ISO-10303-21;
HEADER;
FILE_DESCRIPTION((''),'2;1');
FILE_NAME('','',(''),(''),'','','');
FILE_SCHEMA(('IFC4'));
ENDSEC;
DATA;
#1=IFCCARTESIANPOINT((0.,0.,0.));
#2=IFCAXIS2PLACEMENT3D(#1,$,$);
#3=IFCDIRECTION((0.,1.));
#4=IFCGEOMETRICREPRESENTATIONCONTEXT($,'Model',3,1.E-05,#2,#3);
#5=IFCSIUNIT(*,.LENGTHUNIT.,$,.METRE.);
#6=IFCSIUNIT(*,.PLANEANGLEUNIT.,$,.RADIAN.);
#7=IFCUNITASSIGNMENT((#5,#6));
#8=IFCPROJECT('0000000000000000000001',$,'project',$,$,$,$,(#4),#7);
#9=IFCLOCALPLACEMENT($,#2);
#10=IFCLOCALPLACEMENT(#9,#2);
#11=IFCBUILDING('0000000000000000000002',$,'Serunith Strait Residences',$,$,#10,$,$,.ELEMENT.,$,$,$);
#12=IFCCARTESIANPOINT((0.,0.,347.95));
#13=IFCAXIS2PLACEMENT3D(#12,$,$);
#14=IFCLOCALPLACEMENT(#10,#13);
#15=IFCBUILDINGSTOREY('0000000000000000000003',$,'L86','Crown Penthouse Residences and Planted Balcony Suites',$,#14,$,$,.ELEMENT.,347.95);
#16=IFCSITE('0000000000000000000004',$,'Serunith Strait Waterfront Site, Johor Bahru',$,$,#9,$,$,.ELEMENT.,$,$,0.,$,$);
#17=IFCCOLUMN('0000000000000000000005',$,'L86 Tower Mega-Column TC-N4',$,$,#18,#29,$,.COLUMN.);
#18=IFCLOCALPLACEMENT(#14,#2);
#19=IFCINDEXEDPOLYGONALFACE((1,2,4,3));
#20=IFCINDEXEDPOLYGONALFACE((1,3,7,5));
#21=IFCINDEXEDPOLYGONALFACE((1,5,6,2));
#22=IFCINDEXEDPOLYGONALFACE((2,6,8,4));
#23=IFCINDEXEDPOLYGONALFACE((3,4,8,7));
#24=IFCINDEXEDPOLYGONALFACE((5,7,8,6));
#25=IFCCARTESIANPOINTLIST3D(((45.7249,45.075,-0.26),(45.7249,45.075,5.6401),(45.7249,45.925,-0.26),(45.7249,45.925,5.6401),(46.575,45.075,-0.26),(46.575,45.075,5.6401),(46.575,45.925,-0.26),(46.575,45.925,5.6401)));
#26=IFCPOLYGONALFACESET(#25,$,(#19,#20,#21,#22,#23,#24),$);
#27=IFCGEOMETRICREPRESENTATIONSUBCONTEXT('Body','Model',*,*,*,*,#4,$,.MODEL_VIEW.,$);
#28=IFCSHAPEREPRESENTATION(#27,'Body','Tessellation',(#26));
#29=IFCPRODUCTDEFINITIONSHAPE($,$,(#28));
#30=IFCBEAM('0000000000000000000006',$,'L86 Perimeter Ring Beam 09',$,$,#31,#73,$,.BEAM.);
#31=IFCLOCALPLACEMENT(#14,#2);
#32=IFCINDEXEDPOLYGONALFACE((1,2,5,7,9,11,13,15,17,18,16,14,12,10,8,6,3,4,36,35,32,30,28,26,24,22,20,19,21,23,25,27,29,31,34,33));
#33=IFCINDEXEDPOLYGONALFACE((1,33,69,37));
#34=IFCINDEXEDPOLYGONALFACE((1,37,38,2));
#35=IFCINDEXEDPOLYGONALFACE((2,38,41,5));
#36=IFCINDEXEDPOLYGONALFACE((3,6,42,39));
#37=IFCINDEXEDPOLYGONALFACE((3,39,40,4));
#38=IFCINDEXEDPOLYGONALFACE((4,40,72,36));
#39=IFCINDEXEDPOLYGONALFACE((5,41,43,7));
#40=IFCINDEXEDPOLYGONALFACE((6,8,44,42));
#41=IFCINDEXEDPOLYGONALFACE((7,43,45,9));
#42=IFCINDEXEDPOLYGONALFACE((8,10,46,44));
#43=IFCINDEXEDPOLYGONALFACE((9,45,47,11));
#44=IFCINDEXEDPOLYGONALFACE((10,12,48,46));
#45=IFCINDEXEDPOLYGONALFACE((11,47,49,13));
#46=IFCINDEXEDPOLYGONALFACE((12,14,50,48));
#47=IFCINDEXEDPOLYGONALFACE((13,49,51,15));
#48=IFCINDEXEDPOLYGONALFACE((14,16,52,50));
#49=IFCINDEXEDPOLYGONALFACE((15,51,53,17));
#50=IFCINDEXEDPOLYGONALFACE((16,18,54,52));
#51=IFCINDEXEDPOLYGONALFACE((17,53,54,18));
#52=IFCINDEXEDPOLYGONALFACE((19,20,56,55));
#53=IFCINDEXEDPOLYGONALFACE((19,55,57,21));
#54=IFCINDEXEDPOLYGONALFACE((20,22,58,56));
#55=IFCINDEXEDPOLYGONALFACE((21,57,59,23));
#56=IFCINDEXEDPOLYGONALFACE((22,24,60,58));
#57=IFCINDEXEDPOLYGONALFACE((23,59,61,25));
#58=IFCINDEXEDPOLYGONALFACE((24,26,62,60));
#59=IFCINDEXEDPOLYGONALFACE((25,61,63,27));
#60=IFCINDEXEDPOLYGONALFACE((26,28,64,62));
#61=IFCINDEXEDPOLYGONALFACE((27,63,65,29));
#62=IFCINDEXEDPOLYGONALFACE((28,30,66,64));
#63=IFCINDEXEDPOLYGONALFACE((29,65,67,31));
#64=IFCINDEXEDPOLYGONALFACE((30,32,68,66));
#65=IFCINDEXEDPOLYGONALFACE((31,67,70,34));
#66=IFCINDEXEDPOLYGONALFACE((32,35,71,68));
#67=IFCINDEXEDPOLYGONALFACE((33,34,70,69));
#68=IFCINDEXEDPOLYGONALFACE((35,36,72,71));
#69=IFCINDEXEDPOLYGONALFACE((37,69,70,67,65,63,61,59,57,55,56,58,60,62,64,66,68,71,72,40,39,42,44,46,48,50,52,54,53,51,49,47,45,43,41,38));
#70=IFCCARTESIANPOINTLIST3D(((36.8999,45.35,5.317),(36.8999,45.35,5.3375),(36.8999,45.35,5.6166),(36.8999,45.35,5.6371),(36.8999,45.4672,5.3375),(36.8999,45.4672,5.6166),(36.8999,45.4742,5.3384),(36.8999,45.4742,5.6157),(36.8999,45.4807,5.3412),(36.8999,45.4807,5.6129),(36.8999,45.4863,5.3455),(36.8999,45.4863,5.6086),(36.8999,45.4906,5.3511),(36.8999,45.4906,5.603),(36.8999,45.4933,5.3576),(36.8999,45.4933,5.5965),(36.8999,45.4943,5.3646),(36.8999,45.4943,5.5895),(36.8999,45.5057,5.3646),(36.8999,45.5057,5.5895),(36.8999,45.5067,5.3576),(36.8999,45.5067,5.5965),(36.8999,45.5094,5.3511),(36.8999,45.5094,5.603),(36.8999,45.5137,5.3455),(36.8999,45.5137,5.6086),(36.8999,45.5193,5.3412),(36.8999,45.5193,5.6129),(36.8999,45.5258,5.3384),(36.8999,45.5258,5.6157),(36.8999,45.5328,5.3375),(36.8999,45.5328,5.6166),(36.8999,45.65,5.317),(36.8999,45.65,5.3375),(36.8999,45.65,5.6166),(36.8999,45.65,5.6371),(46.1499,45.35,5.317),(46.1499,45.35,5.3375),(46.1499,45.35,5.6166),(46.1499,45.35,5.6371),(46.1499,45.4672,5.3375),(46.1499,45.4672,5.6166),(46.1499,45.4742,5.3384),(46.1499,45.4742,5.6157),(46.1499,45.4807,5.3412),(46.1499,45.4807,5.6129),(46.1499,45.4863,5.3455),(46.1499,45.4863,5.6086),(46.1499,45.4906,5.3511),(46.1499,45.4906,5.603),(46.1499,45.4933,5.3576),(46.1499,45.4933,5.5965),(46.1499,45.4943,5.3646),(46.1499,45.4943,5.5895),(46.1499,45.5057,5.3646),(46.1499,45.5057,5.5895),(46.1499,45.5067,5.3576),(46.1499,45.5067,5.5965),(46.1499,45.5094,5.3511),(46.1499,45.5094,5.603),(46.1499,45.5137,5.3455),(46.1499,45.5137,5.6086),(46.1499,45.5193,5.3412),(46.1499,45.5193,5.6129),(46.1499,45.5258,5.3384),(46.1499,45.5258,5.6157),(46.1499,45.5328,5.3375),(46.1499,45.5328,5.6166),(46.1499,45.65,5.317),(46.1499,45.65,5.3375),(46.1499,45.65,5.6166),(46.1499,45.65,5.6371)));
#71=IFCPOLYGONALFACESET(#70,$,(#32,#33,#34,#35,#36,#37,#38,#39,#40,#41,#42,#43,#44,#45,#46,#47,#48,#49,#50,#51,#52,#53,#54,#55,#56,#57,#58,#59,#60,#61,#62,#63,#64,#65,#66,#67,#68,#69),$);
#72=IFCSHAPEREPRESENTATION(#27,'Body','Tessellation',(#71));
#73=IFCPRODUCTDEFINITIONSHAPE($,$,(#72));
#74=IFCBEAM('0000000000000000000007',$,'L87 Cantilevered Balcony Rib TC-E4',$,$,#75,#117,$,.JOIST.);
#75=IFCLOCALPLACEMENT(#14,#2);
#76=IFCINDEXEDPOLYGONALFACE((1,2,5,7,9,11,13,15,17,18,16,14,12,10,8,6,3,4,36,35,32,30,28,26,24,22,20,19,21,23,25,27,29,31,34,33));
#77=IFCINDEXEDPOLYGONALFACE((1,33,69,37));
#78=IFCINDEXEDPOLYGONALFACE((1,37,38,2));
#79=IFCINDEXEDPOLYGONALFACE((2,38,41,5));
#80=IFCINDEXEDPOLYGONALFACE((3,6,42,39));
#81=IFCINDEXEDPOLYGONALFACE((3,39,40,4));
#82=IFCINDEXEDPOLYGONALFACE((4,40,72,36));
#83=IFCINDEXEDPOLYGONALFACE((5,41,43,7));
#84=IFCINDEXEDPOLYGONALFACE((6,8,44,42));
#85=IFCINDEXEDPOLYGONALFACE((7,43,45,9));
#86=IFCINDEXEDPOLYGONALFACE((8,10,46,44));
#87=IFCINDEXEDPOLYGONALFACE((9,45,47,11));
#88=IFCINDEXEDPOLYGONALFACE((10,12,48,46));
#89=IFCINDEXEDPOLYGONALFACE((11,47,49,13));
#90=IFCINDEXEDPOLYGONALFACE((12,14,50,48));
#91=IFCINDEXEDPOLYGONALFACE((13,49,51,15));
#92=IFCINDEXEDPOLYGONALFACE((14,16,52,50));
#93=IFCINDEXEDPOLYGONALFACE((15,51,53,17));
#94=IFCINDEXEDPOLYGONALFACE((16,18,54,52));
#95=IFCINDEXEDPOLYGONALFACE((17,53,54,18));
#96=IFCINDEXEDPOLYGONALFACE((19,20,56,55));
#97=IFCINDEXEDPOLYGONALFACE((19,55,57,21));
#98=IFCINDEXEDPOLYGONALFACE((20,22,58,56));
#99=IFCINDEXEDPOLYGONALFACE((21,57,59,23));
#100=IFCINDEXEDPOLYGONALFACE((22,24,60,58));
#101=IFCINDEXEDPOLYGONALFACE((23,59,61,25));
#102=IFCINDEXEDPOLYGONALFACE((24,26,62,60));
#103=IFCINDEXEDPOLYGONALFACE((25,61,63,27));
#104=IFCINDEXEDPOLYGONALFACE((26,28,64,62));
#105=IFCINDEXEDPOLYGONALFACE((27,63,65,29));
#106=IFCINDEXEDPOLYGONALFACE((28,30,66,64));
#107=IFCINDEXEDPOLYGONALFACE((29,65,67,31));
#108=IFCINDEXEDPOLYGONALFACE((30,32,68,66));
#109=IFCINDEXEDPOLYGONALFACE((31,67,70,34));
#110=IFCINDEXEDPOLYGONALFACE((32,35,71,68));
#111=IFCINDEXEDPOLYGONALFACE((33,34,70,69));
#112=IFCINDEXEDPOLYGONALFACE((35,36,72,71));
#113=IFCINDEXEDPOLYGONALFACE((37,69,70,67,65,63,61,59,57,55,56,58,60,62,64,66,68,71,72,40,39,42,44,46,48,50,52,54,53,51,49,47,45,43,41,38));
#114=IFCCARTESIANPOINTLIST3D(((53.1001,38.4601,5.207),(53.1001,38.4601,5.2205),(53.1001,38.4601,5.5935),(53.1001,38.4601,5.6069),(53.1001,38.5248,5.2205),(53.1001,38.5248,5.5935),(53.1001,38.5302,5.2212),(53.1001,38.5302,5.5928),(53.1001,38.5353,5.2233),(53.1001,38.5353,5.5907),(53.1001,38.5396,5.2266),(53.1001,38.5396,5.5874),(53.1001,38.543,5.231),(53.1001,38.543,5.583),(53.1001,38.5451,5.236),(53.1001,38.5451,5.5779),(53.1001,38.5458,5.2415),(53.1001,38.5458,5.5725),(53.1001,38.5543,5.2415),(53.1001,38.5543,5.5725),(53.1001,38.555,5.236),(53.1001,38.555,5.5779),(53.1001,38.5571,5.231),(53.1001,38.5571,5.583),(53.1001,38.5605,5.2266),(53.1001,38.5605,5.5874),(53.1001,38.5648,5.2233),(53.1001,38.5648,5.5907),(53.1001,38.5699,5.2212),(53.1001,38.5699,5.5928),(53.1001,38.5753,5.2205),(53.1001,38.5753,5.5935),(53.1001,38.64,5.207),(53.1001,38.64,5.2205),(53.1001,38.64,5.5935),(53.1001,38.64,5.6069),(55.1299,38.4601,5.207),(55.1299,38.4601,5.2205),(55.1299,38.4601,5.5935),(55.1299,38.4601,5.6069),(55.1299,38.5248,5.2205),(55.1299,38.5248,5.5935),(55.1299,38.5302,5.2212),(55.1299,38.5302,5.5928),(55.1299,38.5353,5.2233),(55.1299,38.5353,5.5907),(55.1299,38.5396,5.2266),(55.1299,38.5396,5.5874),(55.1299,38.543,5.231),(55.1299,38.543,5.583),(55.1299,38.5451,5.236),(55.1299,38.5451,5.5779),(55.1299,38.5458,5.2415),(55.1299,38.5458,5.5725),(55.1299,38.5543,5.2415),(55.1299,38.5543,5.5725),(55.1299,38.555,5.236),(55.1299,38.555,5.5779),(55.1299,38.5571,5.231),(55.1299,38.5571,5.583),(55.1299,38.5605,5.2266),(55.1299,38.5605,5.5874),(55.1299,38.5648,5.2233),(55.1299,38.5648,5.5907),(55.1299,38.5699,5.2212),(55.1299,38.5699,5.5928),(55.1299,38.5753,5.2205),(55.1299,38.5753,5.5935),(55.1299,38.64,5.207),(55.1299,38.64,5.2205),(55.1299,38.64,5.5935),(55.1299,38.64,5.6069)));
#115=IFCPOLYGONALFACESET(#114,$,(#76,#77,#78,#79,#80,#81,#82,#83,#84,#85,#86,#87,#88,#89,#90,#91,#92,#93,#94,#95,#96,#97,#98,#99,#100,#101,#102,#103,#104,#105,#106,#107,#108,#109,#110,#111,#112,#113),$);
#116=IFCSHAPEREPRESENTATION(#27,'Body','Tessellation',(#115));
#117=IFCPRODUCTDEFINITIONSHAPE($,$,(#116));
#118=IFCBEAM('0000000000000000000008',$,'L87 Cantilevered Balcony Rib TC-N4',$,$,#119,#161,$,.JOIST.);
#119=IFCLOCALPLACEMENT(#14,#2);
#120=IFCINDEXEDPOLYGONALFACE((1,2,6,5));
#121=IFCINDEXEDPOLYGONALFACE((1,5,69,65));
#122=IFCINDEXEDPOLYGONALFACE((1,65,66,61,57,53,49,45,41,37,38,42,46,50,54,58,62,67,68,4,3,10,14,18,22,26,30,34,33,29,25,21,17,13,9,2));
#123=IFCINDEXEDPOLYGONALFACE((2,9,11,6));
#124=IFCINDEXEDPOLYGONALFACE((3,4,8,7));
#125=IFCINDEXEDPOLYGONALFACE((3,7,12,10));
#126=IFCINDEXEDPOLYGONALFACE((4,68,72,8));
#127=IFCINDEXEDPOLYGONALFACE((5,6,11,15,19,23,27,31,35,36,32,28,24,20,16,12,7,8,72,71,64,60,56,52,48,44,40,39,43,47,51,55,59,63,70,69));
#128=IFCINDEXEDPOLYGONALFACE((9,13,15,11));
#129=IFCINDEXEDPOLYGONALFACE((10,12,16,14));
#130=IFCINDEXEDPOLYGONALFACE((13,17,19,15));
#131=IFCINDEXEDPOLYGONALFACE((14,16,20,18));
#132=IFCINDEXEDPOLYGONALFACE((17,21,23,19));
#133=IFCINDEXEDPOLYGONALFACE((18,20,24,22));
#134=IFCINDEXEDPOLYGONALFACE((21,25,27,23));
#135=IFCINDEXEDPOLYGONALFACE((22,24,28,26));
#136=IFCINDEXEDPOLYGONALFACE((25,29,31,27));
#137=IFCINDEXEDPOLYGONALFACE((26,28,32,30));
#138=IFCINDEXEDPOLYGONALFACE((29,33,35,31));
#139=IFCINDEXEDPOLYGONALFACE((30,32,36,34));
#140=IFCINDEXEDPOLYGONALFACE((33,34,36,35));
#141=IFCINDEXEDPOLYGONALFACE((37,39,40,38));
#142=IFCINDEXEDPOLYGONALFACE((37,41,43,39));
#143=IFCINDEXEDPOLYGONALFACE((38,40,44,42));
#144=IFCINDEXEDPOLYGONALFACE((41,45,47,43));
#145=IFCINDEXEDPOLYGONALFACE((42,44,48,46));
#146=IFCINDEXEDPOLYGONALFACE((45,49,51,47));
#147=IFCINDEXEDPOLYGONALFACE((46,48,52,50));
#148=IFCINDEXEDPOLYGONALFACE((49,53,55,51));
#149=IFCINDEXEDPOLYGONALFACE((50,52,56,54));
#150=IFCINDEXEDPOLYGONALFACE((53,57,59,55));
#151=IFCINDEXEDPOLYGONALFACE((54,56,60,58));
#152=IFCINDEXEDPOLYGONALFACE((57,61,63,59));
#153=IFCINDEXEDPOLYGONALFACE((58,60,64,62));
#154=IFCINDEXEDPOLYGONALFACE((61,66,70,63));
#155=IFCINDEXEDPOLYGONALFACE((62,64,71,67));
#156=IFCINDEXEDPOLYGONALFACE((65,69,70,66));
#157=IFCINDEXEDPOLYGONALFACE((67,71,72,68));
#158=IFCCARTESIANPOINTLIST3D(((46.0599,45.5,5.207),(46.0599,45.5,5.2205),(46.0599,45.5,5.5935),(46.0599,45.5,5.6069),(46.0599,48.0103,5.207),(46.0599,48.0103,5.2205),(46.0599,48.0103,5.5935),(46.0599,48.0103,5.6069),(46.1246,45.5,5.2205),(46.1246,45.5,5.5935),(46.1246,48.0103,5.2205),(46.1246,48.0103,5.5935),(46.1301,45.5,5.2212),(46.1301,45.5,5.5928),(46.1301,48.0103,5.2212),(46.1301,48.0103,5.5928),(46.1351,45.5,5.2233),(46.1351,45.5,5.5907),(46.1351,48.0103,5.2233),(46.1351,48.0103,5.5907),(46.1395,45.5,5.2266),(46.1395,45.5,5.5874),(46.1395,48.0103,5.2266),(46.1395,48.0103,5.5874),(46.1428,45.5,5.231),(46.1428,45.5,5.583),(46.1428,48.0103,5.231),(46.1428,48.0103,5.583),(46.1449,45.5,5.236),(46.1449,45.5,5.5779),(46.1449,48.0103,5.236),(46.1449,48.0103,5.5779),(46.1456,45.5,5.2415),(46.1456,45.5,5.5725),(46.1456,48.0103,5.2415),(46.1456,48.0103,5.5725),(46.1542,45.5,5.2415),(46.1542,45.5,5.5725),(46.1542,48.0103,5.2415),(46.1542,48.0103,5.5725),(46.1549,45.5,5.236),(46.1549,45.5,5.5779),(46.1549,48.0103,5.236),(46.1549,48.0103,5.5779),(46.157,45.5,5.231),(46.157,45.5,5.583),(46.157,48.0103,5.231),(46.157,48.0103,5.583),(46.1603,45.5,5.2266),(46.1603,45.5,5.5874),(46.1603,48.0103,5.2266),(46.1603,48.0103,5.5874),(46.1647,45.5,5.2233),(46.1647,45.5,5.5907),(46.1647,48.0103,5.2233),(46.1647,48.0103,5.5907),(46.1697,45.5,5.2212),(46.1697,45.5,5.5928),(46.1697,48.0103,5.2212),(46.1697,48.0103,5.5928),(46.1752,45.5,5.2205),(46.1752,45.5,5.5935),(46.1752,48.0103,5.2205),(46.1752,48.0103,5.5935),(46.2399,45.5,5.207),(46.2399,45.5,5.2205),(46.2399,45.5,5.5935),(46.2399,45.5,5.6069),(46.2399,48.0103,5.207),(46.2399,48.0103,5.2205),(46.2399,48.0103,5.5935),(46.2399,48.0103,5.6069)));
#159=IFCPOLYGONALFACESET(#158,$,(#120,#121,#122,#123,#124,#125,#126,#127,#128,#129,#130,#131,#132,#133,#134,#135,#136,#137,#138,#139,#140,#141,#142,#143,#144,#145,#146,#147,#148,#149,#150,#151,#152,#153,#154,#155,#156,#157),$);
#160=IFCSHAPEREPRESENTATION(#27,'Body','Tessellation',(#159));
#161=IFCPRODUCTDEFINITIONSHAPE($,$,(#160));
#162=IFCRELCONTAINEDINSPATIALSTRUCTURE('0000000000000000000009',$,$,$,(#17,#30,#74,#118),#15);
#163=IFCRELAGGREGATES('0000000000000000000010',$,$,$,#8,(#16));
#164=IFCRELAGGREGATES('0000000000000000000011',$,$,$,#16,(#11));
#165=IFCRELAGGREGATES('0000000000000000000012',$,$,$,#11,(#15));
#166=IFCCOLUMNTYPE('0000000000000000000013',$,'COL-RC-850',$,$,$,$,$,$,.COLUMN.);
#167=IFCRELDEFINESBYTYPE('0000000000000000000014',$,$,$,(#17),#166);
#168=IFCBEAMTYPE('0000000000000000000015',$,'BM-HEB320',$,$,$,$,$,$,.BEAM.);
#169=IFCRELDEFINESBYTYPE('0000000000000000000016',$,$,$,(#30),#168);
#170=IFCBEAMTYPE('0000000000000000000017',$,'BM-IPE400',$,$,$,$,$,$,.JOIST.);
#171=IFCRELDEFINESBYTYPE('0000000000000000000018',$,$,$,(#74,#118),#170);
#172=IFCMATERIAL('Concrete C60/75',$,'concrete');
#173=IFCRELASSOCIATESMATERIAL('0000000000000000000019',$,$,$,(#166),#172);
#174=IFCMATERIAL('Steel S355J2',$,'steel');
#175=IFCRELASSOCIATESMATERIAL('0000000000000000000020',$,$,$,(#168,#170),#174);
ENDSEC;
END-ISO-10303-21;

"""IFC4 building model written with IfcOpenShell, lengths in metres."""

from ifc_helpers import new_model, si_unit, direction, frame, origin, origin_2d, place, context, subcontext, project, spatial, rectangle, i_section, extrude, source, transform, mapped, material, material_profile, profile_set, type_object, element, save


model = new_model("IFC4")

# Units and contexts
model_context = context("Model", 3, precision=1e-05, world=origin(), true_north=direction((0.0, 1.0)))
body_context = subcontext(model_context, "Body", "Model", "MODEL_VIEW")
ifc_project = project(units=[si_unit("LENGTHUNIT", "METRE"), si_unit("PLANEANGLEUNIT", "RADIAN")], contexts=[model_context])

# Site, building, storey
site_placement = place(None, origin())
site = spatial("IfcSite", under=ifc_project, at=site_placement, Name="Serunith Strait Waterfront Site, Johor Bahru", CompositionType="ELEMENT", RefElevation=0.0)
building_placement = place(site_placement, origin())
building = spatial("IfcBuilding", under=site, at=building_placement, Name="Serunith Strait Residences", CompositionType="ELEMENT")
storey_placement = place(building_placement, frame((0.0, 0.0, 347.95)))
storey = spatial("IfcBuildingStorey", under=building, at=storey_placement, Name="L86", Description="Crown Penthouse Residences and Planted Balcony Suites", CompositionType="ELEMENT", Elevation=347.95)

# Column
ifc_material_1 = material(Name="Concrete C60/75", Category="concrete")
ifc_material_profile_1 = material_profile(ifc_material_1, rectangle(XDim=0.8501, YDim=0.8501, at=origin_2d()), Name="RC 850x850")
ifc_profile_set_1 = profile_set([ifc_material_profile_1], Name="Concrete C60/75")
column_type = type_object("IfcColumnType", Name="COL-RC-850", PredefinedType="COLUMN", material=ifc_profile_set_1)
shared_shape_1 = source(origin(), body_context, "Body", "SweptSolid", [
    extrude(rectangle(XDim=0.8501, YDim=0.8501, at=origin_2d()), origin(), (0.0, 0.0, 1.0), 5.9001),
])
column_placement = place(storey_placement, frame((46.1499, 45.5, -0.26), z_axis=(0.0, 0.0, 1.0), x_axis=(1.0, 0.0, 0.0)))
element("IfcColumn", 1, at=column_placement, inside=storey, type_object=column_type, Name="L86 Tower Mega-Column TC-N4", PredefinedType="COLUMN", context=body_context, shape_type="MappedRepresentation", body=[
    mapped(shared_shape_1, transform((0.0, 0.0, 0.0), scale=1.0)),
])

# Beams
ifc_material_2 = material(Name="Steel S355J2", Category="steel")
ifc_material_profile_2 = material_profile(ifc_material_2, i_section(OverallWidth=0.3, OverallDepth=0.3201, WebThickness=0.0115, FlangeThickness=0.0205, FilletRadius=0.0271, at=origin_2d()), Name="HEB 320")
ifc_profile_set_2 = profile_set([ifc_material_profile_2], Name="Steel S355J2")
beam_type_1 = type_object("IfcBeamType", Name="BM-HEB320", PredefinedType="BEAM", material=ifc_profile_set_2)
shared_shape_2 = source(origin(), body_context, "Body", "SweptSolid", [
    extrude(i_section(OverallWidth=0.3, OverallDepth=0.3201, WebThickness=0.0115, FlangeThickness=0.0205, FilletRadius=0.0271, at=origin_2d()), origin(), (0.0, 0.0, 1.0), 9.25),
])
beam_1_placement = place(storey_placement, frame((46.1499, 45.5, 5.4771), z_axis=(-1.0, 0.0, 0.0), x_axis=(0.0, -1.0, 0.0)))
element("IfcBeam", 2, at=beam_1_placement, inside=storey, type_object=beam_type_1, Name="L86 Perimeter Ring Beam 09", PredefinedType="BEAM", context=body_context, shape_type="MappedRepresentation", body=[
    mapped(shared_shape_2, transform((0.0, 0.0, 0.0), scale=1.0)),
])
ifc_material_profile_3 = material_profile(ifc_material_2, i_section(OverallWidth=0.1799, OverallDepth=0.3999, WebThickness=0.0085, FlangeThickness=0.0134, FilletRadius=0.021, at=origin_2d()), Name="IPE 400")
ifc_profile_set_3 = profile_set([ifc_material_profile_3], Name="Steel S355J2")
beam_type_2 = type_object("IfcBeamType", Name="BM-IPE400", PredefinedType="JOIST", material=ifc_profile_set_3)
shared_shape_3 = source(origin(), body_context, "Body", "SweptSolid", [
    extrude(i_section(OverallWidth=0.1799, OverallDepth=0.3999, WebThickness=0.0085, FlangeThickness=0.0134, FilletRadius=0.021, at=origin_2d()), origin(), (0.0, 0.0, 1.0), 2.0298),
])
beam_2_placement = place(storey_placement, frame((53.1001, 38.55, 5.407), z_axis=(1.0, 0.0, 0.0), x_axis=(0.0, 1.0, 0.0)))
element("IfcBeam", 3, at=beam_2_placement, inside=storey, type_object=beam_type_2, Name="L87 Cantilevered Balcony Rib TC-E4", PredefinedType="JOIST", context=body_context, shape_type="MappedRepresentation", body=[
    mapped(shared_shape_3, transform((0.0, 0.0, 0.0), scale=1.0)),
])
shared_shape_4 = source(origin(), body_context, "Body", "SweptSolid", [
    extrude(i_section(OverallWidth=0.1799, OverallDepth=0.3999, WebThickness=0.0085, FlangeThickness=0.0134, FilletRadius=0.021, at=origin_2d()), origin(), (0.0, 0.0, 1.0), 2.5103),
])
beam_3_placement = place(storey_placement, frame((46.1499, 45.5, 5.407), z_axis=(0.0, 1.0, 0.0), x_axis=(-1.0, 0.0, 0.0)))
element("IfcBeam", 4, at=beam_3_placement, inside=storey, type_object=beam_type_2, Name="L87 Cantilevered Balcony Rib TC-N4", PredefinedType="JOIST", context=body_context, shape_type="MappedRepresentation", body=[
    mapped(shared_shape_4, transform((0.0, 0.0, 0.0), scale=1.0)),
])

save(model, "model.ifc")
